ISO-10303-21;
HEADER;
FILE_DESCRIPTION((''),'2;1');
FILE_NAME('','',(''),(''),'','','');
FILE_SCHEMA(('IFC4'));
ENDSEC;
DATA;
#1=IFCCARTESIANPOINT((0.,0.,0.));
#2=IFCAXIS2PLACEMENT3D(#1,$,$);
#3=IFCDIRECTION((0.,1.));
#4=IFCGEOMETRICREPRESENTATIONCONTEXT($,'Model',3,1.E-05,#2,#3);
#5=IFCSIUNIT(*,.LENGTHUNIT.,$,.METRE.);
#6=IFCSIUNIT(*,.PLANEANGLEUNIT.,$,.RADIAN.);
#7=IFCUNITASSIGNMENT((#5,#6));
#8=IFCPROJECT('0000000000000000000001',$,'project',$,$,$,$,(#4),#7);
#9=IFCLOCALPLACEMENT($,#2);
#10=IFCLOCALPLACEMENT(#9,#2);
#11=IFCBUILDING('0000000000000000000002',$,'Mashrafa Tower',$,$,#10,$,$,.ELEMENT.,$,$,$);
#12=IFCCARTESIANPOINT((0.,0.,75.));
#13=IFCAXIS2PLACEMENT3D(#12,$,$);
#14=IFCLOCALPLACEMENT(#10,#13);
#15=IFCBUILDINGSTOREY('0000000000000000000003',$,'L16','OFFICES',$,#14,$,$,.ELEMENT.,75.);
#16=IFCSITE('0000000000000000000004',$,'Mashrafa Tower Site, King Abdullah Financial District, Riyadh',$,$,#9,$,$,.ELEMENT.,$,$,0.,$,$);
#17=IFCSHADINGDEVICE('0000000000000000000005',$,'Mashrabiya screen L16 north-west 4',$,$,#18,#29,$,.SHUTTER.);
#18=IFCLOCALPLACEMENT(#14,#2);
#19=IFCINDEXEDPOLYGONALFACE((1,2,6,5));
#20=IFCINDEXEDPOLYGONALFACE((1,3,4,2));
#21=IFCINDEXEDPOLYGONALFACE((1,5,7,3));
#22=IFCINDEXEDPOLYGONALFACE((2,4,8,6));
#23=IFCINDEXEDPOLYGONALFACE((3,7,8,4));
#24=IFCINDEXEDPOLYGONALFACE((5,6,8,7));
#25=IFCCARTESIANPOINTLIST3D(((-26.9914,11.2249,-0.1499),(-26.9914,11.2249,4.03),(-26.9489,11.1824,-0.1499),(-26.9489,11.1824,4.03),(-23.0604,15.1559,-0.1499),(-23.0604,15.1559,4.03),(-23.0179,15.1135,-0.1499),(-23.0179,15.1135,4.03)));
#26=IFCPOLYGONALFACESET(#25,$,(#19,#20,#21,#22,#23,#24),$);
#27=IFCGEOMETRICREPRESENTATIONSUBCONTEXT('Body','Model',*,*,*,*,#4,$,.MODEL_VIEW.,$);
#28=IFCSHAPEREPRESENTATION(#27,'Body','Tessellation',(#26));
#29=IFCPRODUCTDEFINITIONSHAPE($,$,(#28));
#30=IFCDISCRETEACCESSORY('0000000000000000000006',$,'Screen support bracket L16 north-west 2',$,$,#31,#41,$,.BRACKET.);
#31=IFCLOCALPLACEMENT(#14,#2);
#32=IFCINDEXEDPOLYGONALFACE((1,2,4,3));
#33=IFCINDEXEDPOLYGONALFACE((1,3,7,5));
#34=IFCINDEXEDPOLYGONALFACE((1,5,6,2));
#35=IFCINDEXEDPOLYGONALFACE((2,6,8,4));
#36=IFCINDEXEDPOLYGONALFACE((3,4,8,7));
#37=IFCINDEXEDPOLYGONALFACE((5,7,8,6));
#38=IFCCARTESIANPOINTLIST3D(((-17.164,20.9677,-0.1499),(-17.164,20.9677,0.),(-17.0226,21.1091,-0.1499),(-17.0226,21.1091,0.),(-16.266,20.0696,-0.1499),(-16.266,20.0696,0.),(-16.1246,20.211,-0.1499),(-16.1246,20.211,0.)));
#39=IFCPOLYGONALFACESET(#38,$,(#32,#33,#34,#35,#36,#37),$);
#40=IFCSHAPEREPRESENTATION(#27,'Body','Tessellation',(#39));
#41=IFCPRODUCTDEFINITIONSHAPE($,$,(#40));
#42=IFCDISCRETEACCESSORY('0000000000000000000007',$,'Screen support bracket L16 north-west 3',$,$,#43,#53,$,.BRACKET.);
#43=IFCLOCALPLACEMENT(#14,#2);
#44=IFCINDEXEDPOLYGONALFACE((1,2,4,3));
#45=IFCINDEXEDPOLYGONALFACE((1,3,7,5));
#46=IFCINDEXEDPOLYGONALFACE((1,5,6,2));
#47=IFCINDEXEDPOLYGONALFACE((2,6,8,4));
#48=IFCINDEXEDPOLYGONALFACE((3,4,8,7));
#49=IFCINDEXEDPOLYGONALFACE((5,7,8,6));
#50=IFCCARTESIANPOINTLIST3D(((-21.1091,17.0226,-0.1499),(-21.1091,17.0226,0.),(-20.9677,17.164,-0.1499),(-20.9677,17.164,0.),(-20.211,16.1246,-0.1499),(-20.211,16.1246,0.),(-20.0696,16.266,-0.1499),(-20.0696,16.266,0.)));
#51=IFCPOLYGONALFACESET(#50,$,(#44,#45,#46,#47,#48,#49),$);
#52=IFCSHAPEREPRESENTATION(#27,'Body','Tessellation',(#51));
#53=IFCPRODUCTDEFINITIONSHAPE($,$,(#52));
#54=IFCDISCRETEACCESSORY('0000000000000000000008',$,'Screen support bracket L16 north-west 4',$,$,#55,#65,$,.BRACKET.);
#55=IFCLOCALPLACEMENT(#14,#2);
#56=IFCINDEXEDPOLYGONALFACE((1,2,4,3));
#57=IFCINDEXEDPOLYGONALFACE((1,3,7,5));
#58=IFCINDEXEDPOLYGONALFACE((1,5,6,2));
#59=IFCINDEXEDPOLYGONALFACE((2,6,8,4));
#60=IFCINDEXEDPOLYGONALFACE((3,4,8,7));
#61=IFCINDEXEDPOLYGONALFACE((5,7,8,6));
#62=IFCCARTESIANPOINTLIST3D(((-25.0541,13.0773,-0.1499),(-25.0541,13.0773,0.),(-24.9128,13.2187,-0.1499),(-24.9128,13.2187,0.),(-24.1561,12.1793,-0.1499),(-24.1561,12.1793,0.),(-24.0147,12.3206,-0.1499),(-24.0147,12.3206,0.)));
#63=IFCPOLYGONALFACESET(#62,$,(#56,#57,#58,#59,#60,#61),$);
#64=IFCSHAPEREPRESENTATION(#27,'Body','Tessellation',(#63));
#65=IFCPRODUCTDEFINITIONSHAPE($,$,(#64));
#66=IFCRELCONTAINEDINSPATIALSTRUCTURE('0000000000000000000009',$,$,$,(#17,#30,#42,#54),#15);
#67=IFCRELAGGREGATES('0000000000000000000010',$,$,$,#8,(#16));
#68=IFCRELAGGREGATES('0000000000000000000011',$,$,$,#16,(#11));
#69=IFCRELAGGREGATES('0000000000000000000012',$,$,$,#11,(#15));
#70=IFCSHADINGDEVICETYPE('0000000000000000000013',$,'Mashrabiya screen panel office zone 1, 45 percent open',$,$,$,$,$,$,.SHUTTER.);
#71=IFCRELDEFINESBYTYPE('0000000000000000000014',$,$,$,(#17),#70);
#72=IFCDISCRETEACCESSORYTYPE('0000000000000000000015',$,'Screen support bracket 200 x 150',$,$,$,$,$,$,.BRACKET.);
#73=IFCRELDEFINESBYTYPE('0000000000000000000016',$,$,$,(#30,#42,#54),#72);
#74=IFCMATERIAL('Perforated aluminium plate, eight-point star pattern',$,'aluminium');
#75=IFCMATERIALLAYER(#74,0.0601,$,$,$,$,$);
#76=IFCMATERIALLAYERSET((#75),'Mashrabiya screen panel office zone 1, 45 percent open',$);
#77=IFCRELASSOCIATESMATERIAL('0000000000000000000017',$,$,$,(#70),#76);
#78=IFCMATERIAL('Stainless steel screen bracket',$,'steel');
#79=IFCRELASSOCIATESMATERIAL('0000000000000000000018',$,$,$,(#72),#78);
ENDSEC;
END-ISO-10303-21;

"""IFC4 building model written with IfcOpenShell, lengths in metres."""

from ifc_helpers import new_model, si_unit, direction, frame, origin, origin_2d, place, context, subcontext, project, spatial, rectangle, extrude, source, transform, mapped, material, layer, layer_set, type_object, type_shapes, element, save


model = new_model("IFC4")

# Units and contexts
model_context = context("Model", 3, precision=1e-05, world=origin(), true_north=direction((0.0, 1.0)))
body_context = subcontext(model_context, "Body", "Model", "MODEL_VIEW")
ifc_project = project(units=[si_unit("LENGTHUNIT", "METRE"), si_unit("PLANEANGLEUNIT", "RADIAN")], contexts=[model_context])

# Site, building, storey
site_placement = place(None, origin())
site = spatial("IfcSite", under=ifc_project, at=site_placement, Name="Mashrafa Tower Site, King Abdullah Financial District, Riyadh", CompositionType="ELEMENT", RefElevation=0.0)
building_placement = place(site_placement, origin())
building = spatial("IfcBuilding", under=site, at=building_placement, Name="Mashrafa Tower", CompositionType="ELEMENT")
storey_placement = place(building_placement, frame((0.0, 0.0, 75.0)))
storey = spatial("IfcBuildingStorey", under=building, at=storey_placement, Name="L16", Description="OFFICES", CompositionType="ELEMENT", Elevation=75.0)

# Shading device
ifc_material_1 = material(Name="Perforated aluminium plate, eight-point star pattern", Category="aluminium")
ifc_layer_1 = layer(ifc_material_1, 0.0601)
ifc_layer_set_1 = layer_set([ifc_layer_1], Name="Mashrabiya screen panel office zone 1, 45 percent open")
shading_device_type = type_object("IfcShadingDeviceType", Name="Mashrabiya screen panel office zone 1, 45 percent open", PredefinedType="SHUTTER", material=ifc_layer_set_1)
shared_shape_1 = source(origin(), body_context, "Body", "SweptSolid", [
    extrude(rectangle(XDim=5.5593, YDim=0.0601, at=origin_2d()), origin(), (0.0, 0.0, 1.0), 4.1799),
])
type_shapes(shading_device_type, [shared_shape_1])
for number, where, z_axis, x_axis, name in (
    (1, (-25.0046, 13.1692, -0.1499), (0.0, 0.0, 1.0), (-0.707107, -0.707107, 0.0), "Mashrabiya screen L16 north-west 4"),
):
    element("IfcShadingDevice", number, at=place(storey_placement, frame(where, z_axis=z_axis, x_axis=x_axis)), inside=storey, type_object=shading_device_type, Name=name, PredefinedType="SHUTTER", context=body_context, shape_type="MappedRepresentation", body=[
        mapped(shared_shape_1, transform((0.0, 0.0, 0.0))),
    ])

# Discrete accessories
ifc_material_2 = material(Name="Stainless steel screen bracket", Category="steel")
discrete_accessory_type = type_object("IfcDiscreteAccessoryType", Name="Screen support bracket 200 x 150", PredefinedType="BRACKET", material=ifc_material_2)
shared_shape_2 = source(origin(), body_context, "Body", "SweptSolid", [
    extrude(rectangle(XDim=0.2, YDim=1.27, at=origin_2d()), origin(), (0.0, 0.0, 1.0), 0.1499),
])
type_shapes(discrete_accessory_type, [shared_shape_2])
for number, where, z_axis, x_axis, name in (
    (2, (-16.6443, 20.5894, -0.1499), (0.0, 0.0, 1.0), (-0.707107, -0.707107, 0.0), "Screen support bracket L16 north-west 2"),
    (3, (-20.5894, 16.6443, -0.1499), (0.0, 0.0, 1.0), (-0.707107, -0.707107, 0.0), "Screen support bracket L16 north-west 3"),
    (4, (-24.5344, 12.699, -0.1499), (0.0, 0.0, 1.0), (-0.707107, -0.707107, 0.0), "Screen support bracket L16 north-west 4"),
):
    element("IfcDiscreteAccessory", number, at=place(storey_placement, frame(where, z_axis=z_axis, x_axis=x_axis)), inside=storey, type_object=discrete_accessory_type, Name=name, PredefinedType="BRACKET", context=body_context, shape_type="MappedRepresentation", body=[
        mapped(shared_shape_2, transform((0.0, 0.0, 0.0))),
    ])

save(model, "model.ifc")
